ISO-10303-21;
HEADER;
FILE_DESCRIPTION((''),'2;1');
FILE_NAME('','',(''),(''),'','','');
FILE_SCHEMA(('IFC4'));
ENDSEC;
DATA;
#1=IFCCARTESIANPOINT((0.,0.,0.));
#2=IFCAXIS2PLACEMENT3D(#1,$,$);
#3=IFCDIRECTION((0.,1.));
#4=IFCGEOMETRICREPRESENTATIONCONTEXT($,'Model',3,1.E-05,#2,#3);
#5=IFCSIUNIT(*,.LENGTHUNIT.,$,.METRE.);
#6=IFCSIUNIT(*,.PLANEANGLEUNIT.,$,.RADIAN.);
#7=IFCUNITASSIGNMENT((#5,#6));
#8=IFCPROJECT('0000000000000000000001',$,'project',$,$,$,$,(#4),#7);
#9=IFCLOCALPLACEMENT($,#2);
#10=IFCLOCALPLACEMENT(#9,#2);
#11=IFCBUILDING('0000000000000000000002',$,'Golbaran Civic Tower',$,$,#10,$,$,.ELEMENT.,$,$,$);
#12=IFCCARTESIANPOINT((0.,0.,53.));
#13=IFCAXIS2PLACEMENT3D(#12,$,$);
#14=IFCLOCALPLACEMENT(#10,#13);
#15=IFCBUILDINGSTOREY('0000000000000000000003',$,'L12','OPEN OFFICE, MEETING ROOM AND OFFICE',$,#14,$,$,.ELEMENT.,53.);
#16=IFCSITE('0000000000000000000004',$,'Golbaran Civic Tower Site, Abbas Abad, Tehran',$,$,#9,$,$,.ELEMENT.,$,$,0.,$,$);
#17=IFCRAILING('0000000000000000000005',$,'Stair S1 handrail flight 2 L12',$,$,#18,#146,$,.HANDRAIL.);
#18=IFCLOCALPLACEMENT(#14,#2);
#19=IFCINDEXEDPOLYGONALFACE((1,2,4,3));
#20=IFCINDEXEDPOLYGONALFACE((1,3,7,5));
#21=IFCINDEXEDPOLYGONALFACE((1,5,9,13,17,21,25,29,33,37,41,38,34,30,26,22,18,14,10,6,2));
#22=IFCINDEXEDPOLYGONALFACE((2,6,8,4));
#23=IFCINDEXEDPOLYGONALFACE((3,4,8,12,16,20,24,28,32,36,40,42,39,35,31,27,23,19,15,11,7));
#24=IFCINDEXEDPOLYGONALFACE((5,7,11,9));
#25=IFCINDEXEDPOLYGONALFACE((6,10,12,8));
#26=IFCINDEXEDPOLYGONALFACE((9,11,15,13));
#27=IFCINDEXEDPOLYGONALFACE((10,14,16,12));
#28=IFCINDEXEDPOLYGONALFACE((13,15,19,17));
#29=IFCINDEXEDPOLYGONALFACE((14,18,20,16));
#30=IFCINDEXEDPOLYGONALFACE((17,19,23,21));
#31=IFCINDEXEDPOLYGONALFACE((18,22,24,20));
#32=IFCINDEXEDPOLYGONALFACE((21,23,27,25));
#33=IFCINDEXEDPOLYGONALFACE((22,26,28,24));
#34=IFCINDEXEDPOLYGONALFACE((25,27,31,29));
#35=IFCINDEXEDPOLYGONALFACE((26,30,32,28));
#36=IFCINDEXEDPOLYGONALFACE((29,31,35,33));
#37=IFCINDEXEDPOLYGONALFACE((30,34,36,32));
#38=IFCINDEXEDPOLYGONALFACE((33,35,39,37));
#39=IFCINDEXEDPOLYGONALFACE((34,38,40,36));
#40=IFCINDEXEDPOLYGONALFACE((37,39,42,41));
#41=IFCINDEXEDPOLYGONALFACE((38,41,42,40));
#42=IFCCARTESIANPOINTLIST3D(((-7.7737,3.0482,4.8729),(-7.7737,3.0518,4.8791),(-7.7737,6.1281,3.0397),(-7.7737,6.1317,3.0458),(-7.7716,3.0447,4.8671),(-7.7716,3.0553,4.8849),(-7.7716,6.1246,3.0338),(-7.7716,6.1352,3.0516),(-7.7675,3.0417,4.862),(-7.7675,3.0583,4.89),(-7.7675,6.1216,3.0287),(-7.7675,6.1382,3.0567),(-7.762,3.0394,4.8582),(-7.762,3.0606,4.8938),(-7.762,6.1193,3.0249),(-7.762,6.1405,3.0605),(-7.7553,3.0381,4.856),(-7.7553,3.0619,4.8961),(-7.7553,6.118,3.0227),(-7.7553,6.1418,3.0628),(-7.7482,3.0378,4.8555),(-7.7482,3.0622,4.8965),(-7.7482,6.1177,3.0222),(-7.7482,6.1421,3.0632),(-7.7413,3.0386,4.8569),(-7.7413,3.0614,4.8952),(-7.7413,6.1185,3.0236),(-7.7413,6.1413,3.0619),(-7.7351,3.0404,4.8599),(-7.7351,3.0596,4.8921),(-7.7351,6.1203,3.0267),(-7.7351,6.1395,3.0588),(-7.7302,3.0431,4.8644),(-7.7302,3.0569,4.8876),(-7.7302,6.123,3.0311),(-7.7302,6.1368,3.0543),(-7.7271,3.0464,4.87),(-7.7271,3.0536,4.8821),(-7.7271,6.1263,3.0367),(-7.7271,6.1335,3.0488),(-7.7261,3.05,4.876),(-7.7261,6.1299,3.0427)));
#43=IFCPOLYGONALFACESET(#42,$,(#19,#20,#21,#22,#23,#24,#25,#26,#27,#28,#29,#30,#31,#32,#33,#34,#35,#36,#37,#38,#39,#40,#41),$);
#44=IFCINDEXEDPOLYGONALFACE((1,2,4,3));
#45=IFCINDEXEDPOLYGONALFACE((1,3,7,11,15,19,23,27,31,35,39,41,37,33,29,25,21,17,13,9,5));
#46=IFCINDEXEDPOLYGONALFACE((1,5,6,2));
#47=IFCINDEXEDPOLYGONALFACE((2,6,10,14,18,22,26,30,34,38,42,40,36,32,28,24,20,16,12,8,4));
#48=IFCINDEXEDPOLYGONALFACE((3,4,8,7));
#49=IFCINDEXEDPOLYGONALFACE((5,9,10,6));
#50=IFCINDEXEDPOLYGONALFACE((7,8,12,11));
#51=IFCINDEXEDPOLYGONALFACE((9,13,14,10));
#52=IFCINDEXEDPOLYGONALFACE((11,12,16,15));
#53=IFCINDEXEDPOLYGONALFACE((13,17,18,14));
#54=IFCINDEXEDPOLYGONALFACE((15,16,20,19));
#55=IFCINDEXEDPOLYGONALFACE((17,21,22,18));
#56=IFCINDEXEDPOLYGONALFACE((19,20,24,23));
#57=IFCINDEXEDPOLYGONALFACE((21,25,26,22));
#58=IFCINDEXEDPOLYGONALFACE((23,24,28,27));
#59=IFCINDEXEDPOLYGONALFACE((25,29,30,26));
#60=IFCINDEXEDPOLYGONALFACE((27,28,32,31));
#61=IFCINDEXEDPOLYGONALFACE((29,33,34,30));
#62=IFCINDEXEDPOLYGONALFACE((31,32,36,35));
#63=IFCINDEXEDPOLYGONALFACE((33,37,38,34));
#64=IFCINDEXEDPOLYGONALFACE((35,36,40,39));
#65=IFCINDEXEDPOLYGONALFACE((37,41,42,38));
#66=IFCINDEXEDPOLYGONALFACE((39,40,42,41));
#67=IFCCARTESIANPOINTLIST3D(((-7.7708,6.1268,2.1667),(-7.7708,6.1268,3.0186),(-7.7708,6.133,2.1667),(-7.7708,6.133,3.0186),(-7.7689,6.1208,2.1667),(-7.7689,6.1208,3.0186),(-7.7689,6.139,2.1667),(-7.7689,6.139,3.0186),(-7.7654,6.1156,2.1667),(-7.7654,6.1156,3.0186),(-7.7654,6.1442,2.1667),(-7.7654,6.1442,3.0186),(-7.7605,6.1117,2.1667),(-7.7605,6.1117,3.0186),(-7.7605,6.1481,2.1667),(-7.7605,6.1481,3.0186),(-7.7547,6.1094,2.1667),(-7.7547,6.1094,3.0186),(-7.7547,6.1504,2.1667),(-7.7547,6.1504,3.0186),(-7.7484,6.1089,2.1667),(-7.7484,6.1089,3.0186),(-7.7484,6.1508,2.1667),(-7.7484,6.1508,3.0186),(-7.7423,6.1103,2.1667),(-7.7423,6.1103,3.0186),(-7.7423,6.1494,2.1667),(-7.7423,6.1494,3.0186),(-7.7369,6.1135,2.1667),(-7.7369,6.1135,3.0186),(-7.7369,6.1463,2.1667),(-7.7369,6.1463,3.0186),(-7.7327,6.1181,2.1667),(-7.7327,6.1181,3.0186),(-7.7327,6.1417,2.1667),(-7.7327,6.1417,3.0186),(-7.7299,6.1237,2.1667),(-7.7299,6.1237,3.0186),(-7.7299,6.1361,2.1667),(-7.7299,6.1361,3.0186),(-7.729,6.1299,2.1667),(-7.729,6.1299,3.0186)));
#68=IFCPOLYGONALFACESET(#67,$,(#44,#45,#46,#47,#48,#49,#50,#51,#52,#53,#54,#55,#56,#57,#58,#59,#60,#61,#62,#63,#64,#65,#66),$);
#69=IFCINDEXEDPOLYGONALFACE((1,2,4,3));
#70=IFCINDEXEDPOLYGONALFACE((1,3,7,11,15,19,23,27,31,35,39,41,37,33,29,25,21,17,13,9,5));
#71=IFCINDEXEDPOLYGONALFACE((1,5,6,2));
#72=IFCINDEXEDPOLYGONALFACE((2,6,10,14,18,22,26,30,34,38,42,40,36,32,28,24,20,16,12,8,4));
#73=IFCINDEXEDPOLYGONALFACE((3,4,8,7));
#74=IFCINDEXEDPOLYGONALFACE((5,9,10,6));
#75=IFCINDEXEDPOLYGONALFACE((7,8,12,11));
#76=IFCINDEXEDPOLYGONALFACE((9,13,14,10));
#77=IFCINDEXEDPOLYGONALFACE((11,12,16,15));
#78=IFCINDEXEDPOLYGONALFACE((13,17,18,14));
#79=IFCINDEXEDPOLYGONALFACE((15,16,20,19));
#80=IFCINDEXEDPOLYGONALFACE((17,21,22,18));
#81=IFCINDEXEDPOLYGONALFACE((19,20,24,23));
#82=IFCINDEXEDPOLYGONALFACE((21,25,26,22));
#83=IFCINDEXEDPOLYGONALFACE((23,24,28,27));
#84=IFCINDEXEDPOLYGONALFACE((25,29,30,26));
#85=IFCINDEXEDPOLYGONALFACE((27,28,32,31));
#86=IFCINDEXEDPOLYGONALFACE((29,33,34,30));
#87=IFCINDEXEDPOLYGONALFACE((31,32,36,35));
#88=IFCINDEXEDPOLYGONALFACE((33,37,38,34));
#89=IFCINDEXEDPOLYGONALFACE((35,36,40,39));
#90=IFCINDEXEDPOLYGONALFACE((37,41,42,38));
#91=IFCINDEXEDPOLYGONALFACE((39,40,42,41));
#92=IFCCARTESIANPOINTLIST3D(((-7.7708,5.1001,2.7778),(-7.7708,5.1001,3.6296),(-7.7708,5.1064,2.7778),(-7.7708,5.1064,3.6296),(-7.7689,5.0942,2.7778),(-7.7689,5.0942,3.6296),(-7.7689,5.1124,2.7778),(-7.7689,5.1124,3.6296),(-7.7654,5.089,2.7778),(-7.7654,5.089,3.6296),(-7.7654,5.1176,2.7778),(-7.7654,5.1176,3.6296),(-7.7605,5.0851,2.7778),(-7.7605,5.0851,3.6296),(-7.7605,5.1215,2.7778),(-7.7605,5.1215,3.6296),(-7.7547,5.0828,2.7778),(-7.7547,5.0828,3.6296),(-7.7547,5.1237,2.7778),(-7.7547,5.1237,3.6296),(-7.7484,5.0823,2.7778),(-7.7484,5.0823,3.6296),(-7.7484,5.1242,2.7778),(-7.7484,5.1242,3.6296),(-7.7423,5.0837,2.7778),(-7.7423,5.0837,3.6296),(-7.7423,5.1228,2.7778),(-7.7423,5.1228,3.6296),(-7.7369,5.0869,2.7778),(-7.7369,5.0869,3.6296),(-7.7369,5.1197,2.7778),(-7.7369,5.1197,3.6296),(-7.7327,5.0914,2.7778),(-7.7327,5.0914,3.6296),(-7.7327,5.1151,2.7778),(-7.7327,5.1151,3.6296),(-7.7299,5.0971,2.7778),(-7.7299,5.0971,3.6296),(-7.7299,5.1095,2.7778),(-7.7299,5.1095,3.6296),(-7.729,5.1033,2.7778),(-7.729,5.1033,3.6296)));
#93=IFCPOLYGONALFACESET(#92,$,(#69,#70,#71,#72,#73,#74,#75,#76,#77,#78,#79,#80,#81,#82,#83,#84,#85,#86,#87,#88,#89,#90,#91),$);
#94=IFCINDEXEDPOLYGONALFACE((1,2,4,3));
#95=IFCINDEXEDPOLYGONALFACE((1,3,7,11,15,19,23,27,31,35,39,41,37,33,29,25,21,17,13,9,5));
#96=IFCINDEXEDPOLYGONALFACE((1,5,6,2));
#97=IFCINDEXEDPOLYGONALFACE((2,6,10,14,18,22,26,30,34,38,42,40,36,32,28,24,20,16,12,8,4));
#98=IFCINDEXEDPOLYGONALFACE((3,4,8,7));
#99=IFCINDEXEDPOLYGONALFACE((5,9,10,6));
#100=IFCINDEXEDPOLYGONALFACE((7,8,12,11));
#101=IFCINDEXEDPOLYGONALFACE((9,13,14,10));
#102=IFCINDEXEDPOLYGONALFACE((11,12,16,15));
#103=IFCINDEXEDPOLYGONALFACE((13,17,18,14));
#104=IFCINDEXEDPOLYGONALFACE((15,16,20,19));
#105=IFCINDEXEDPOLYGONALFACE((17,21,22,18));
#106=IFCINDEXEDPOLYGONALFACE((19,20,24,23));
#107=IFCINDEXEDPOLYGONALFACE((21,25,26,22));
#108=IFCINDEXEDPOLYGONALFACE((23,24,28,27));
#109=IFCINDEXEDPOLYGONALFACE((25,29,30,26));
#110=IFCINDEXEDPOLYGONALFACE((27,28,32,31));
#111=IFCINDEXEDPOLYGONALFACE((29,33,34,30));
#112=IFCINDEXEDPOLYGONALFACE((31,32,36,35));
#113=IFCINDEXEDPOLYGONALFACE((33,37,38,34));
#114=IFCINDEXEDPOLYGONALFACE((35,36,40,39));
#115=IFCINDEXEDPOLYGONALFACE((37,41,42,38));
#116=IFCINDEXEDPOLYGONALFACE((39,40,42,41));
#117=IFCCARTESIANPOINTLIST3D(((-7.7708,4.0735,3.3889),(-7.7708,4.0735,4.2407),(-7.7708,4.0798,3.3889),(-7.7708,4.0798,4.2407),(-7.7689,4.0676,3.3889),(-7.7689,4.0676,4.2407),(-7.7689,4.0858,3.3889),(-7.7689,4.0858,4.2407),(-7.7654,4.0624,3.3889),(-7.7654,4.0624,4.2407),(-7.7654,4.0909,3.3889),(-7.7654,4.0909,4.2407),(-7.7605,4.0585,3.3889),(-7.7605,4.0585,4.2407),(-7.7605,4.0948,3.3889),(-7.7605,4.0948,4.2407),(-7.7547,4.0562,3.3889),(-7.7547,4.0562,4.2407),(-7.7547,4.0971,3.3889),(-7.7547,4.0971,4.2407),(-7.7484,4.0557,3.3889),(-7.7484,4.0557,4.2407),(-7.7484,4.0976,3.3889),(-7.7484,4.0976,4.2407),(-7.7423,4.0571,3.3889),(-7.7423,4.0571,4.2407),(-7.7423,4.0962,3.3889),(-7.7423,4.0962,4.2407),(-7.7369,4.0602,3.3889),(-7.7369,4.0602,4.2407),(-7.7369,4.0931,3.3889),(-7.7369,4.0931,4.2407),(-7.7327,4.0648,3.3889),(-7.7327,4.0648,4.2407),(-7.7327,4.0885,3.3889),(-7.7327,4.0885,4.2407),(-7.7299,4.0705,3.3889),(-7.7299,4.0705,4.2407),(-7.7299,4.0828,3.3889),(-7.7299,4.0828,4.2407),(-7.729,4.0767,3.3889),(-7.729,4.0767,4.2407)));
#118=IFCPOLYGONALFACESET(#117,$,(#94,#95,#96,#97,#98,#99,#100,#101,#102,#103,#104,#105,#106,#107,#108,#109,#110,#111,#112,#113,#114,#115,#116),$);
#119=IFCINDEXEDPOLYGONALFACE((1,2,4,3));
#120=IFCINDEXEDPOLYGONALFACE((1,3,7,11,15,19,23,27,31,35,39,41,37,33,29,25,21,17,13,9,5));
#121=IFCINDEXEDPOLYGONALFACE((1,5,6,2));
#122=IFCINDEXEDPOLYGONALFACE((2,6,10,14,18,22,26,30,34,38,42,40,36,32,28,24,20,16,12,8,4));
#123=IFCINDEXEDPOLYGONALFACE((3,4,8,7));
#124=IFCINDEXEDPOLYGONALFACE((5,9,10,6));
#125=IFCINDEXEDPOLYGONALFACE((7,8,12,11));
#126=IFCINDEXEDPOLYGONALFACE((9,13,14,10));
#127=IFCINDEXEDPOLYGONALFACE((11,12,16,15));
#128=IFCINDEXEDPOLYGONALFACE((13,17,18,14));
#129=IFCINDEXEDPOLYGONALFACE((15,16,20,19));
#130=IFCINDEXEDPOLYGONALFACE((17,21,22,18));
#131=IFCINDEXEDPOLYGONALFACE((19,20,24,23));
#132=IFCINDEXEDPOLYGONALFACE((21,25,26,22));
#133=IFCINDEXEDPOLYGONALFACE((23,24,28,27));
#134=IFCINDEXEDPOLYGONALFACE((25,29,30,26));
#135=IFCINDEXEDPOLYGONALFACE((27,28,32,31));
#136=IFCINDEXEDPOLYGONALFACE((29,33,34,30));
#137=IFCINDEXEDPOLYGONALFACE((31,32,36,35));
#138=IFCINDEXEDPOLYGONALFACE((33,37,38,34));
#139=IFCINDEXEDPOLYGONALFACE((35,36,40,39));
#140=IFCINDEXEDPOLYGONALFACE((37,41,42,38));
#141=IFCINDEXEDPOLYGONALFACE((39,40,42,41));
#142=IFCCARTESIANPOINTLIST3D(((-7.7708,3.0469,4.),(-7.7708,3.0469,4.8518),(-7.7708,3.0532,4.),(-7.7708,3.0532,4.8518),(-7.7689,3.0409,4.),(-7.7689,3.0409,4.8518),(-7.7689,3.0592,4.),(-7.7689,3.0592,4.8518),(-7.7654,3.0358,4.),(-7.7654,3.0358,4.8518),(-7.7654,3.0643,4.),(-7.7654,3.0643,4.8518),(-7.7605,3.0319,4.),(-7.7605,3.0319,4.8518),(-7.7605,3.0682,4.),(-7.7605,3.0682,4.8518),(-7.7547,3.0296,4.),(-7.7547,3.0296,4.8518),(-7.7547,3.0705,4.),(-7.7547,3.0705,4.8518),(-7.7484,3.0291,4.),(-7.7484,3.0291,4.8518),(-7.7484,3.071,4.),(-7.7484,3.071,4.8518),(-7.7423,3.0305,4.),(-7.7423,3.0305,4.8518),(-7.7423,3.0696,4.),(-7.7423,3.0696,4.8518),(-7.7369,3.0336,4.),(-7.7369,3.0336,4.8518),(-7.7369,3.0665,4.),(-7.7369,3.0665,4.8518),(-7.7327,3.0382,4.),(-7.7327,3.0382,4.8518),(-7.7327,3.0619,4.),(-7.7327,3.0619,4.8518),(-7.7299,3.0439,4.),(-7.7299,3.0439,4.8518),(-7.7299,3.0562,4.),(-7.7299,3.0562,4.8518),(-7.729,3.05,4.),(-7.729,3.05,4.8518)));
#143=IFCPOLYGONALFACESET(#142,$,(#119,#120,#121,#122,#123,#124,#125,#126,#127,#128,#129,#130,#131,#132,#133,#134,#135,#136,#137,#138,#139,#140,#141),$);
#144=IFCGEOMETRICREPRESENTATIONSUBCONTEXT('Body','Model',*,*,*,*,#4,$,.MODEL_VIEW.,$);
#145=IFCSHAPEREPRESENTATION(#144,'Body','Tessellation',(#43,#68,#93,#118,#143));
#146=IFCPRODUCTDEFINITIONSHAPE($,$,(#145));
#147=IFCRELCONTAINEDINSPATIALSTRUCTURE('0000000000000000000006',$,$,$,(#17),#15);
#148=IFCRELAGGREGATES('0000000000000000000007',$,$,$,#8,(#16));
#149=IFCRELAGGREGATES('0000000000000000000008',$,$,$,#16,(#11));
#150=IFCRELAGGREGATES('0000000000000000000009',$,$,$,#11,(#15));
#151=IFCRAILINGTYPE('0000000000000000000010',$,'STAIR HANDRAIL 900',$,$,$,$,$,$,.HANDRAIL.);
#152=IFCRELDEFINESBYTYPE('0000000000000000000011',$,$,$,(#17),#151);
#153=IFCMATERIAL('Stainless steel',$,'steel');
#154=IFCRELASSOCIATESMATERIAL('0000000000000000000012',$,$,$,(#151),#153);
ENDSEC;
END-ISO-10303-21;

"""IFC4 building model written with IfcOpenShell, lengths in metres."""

from ifc_helpers import new_model, si_unit, direction, frame, origin, origin_2d, place, context, subcontext, project, spatial, circle, extrude, material, type_object, element, save


model = new_model("IFC4")

# Units and contexts
model_context = context("Model", 3, precision=1e-05, world=origin(), true_north=direction((0.0, 1.0)))
body_context = subcontext(model_context, "Body", "Model", "MODEL_VIEW")
ifc_project = project(units=[si_unit("LENGTHUNIT", "METRE"), si_unit("PLANEANGLEUNIT", "RADIAN")], contexts=[model_context])

# Site, building, storey
site_placement = place(None, origin())
site = spatial("IfcSite", under=ifc_project, at=site_placement, Name="Golbaran Civic Tower Site, Abbas Abad, Tehran", CompositionType="ELEMENT", RefElevation=0.0)
building_placement = place(site_placement, origin())
building = spatial("IfcBuilding", under=site, at=building_placement, Name="Golbaran Civic Tower", CompositionType="ELEMENT")
storey_placement = place(building_placement, frame((0.0, 0.0, 53.0)))
storey = spatial("IfcBuildingStorey", under=building, at=storey_placement, Name="L12", Description="OPEN OFFICE, MEETING ROOM AND OFFICE", CompositionType="ELEMENT", Elevation=53.0)

# Shared definitions
ifc_material_1 = material(Name="Stainless steel", Category="steel")

# Railing
railing_type = type_object("IfcRailingType", Name="STAIR HANDRAIL 900", PredefinedType="HANDRAIL", material=ifc_material_1)
railing_1_placement = place(storey_placement, frame((-7.75, 6.1299, 2.1667)))
element("IfcRailing", 1, at=railing_1_placement, inside=storey, type_object=railing_type, Name="Stair S1 handrail flight 2 L12", PredefinedType="HANDRAIL", context=body_context, shape_type="SweptSolid", body=[
    extrude(circle(Radius=0.0239, at=origin_2d()), frame((0.0, 0.0, 0.876), z_axis=(0.0, -0.859291, 0.511487), x_axis=(1.0, 0.0, 0.0)), (0.0, 0.0, 1.0), 3.5842),
    extrude(circle(Radius=0.021, at=origin_2d()), origin(), (0.0, 0.0, 1.0), 0.8518),
    extrude(circle(Radius=0.021, at=origin_2d()), frame((0.0, -1.0266, 0.6111)), (0.0, 0.0, 1.0), 0.8518),
    extrude(circle(Radius=0.021, at=origin_2d()), frame((0.0, -2.0532, 1.2222)), (0.0, 0.0, 1.0), 0.8518),
    extrude(circle(Radius=0.021, at=origin_2d()), frame((0.0, -3.0798, 1.8333)), (0.0, 0.0, 1.0), 0.8518),
])

save(model, "model.ifc")
